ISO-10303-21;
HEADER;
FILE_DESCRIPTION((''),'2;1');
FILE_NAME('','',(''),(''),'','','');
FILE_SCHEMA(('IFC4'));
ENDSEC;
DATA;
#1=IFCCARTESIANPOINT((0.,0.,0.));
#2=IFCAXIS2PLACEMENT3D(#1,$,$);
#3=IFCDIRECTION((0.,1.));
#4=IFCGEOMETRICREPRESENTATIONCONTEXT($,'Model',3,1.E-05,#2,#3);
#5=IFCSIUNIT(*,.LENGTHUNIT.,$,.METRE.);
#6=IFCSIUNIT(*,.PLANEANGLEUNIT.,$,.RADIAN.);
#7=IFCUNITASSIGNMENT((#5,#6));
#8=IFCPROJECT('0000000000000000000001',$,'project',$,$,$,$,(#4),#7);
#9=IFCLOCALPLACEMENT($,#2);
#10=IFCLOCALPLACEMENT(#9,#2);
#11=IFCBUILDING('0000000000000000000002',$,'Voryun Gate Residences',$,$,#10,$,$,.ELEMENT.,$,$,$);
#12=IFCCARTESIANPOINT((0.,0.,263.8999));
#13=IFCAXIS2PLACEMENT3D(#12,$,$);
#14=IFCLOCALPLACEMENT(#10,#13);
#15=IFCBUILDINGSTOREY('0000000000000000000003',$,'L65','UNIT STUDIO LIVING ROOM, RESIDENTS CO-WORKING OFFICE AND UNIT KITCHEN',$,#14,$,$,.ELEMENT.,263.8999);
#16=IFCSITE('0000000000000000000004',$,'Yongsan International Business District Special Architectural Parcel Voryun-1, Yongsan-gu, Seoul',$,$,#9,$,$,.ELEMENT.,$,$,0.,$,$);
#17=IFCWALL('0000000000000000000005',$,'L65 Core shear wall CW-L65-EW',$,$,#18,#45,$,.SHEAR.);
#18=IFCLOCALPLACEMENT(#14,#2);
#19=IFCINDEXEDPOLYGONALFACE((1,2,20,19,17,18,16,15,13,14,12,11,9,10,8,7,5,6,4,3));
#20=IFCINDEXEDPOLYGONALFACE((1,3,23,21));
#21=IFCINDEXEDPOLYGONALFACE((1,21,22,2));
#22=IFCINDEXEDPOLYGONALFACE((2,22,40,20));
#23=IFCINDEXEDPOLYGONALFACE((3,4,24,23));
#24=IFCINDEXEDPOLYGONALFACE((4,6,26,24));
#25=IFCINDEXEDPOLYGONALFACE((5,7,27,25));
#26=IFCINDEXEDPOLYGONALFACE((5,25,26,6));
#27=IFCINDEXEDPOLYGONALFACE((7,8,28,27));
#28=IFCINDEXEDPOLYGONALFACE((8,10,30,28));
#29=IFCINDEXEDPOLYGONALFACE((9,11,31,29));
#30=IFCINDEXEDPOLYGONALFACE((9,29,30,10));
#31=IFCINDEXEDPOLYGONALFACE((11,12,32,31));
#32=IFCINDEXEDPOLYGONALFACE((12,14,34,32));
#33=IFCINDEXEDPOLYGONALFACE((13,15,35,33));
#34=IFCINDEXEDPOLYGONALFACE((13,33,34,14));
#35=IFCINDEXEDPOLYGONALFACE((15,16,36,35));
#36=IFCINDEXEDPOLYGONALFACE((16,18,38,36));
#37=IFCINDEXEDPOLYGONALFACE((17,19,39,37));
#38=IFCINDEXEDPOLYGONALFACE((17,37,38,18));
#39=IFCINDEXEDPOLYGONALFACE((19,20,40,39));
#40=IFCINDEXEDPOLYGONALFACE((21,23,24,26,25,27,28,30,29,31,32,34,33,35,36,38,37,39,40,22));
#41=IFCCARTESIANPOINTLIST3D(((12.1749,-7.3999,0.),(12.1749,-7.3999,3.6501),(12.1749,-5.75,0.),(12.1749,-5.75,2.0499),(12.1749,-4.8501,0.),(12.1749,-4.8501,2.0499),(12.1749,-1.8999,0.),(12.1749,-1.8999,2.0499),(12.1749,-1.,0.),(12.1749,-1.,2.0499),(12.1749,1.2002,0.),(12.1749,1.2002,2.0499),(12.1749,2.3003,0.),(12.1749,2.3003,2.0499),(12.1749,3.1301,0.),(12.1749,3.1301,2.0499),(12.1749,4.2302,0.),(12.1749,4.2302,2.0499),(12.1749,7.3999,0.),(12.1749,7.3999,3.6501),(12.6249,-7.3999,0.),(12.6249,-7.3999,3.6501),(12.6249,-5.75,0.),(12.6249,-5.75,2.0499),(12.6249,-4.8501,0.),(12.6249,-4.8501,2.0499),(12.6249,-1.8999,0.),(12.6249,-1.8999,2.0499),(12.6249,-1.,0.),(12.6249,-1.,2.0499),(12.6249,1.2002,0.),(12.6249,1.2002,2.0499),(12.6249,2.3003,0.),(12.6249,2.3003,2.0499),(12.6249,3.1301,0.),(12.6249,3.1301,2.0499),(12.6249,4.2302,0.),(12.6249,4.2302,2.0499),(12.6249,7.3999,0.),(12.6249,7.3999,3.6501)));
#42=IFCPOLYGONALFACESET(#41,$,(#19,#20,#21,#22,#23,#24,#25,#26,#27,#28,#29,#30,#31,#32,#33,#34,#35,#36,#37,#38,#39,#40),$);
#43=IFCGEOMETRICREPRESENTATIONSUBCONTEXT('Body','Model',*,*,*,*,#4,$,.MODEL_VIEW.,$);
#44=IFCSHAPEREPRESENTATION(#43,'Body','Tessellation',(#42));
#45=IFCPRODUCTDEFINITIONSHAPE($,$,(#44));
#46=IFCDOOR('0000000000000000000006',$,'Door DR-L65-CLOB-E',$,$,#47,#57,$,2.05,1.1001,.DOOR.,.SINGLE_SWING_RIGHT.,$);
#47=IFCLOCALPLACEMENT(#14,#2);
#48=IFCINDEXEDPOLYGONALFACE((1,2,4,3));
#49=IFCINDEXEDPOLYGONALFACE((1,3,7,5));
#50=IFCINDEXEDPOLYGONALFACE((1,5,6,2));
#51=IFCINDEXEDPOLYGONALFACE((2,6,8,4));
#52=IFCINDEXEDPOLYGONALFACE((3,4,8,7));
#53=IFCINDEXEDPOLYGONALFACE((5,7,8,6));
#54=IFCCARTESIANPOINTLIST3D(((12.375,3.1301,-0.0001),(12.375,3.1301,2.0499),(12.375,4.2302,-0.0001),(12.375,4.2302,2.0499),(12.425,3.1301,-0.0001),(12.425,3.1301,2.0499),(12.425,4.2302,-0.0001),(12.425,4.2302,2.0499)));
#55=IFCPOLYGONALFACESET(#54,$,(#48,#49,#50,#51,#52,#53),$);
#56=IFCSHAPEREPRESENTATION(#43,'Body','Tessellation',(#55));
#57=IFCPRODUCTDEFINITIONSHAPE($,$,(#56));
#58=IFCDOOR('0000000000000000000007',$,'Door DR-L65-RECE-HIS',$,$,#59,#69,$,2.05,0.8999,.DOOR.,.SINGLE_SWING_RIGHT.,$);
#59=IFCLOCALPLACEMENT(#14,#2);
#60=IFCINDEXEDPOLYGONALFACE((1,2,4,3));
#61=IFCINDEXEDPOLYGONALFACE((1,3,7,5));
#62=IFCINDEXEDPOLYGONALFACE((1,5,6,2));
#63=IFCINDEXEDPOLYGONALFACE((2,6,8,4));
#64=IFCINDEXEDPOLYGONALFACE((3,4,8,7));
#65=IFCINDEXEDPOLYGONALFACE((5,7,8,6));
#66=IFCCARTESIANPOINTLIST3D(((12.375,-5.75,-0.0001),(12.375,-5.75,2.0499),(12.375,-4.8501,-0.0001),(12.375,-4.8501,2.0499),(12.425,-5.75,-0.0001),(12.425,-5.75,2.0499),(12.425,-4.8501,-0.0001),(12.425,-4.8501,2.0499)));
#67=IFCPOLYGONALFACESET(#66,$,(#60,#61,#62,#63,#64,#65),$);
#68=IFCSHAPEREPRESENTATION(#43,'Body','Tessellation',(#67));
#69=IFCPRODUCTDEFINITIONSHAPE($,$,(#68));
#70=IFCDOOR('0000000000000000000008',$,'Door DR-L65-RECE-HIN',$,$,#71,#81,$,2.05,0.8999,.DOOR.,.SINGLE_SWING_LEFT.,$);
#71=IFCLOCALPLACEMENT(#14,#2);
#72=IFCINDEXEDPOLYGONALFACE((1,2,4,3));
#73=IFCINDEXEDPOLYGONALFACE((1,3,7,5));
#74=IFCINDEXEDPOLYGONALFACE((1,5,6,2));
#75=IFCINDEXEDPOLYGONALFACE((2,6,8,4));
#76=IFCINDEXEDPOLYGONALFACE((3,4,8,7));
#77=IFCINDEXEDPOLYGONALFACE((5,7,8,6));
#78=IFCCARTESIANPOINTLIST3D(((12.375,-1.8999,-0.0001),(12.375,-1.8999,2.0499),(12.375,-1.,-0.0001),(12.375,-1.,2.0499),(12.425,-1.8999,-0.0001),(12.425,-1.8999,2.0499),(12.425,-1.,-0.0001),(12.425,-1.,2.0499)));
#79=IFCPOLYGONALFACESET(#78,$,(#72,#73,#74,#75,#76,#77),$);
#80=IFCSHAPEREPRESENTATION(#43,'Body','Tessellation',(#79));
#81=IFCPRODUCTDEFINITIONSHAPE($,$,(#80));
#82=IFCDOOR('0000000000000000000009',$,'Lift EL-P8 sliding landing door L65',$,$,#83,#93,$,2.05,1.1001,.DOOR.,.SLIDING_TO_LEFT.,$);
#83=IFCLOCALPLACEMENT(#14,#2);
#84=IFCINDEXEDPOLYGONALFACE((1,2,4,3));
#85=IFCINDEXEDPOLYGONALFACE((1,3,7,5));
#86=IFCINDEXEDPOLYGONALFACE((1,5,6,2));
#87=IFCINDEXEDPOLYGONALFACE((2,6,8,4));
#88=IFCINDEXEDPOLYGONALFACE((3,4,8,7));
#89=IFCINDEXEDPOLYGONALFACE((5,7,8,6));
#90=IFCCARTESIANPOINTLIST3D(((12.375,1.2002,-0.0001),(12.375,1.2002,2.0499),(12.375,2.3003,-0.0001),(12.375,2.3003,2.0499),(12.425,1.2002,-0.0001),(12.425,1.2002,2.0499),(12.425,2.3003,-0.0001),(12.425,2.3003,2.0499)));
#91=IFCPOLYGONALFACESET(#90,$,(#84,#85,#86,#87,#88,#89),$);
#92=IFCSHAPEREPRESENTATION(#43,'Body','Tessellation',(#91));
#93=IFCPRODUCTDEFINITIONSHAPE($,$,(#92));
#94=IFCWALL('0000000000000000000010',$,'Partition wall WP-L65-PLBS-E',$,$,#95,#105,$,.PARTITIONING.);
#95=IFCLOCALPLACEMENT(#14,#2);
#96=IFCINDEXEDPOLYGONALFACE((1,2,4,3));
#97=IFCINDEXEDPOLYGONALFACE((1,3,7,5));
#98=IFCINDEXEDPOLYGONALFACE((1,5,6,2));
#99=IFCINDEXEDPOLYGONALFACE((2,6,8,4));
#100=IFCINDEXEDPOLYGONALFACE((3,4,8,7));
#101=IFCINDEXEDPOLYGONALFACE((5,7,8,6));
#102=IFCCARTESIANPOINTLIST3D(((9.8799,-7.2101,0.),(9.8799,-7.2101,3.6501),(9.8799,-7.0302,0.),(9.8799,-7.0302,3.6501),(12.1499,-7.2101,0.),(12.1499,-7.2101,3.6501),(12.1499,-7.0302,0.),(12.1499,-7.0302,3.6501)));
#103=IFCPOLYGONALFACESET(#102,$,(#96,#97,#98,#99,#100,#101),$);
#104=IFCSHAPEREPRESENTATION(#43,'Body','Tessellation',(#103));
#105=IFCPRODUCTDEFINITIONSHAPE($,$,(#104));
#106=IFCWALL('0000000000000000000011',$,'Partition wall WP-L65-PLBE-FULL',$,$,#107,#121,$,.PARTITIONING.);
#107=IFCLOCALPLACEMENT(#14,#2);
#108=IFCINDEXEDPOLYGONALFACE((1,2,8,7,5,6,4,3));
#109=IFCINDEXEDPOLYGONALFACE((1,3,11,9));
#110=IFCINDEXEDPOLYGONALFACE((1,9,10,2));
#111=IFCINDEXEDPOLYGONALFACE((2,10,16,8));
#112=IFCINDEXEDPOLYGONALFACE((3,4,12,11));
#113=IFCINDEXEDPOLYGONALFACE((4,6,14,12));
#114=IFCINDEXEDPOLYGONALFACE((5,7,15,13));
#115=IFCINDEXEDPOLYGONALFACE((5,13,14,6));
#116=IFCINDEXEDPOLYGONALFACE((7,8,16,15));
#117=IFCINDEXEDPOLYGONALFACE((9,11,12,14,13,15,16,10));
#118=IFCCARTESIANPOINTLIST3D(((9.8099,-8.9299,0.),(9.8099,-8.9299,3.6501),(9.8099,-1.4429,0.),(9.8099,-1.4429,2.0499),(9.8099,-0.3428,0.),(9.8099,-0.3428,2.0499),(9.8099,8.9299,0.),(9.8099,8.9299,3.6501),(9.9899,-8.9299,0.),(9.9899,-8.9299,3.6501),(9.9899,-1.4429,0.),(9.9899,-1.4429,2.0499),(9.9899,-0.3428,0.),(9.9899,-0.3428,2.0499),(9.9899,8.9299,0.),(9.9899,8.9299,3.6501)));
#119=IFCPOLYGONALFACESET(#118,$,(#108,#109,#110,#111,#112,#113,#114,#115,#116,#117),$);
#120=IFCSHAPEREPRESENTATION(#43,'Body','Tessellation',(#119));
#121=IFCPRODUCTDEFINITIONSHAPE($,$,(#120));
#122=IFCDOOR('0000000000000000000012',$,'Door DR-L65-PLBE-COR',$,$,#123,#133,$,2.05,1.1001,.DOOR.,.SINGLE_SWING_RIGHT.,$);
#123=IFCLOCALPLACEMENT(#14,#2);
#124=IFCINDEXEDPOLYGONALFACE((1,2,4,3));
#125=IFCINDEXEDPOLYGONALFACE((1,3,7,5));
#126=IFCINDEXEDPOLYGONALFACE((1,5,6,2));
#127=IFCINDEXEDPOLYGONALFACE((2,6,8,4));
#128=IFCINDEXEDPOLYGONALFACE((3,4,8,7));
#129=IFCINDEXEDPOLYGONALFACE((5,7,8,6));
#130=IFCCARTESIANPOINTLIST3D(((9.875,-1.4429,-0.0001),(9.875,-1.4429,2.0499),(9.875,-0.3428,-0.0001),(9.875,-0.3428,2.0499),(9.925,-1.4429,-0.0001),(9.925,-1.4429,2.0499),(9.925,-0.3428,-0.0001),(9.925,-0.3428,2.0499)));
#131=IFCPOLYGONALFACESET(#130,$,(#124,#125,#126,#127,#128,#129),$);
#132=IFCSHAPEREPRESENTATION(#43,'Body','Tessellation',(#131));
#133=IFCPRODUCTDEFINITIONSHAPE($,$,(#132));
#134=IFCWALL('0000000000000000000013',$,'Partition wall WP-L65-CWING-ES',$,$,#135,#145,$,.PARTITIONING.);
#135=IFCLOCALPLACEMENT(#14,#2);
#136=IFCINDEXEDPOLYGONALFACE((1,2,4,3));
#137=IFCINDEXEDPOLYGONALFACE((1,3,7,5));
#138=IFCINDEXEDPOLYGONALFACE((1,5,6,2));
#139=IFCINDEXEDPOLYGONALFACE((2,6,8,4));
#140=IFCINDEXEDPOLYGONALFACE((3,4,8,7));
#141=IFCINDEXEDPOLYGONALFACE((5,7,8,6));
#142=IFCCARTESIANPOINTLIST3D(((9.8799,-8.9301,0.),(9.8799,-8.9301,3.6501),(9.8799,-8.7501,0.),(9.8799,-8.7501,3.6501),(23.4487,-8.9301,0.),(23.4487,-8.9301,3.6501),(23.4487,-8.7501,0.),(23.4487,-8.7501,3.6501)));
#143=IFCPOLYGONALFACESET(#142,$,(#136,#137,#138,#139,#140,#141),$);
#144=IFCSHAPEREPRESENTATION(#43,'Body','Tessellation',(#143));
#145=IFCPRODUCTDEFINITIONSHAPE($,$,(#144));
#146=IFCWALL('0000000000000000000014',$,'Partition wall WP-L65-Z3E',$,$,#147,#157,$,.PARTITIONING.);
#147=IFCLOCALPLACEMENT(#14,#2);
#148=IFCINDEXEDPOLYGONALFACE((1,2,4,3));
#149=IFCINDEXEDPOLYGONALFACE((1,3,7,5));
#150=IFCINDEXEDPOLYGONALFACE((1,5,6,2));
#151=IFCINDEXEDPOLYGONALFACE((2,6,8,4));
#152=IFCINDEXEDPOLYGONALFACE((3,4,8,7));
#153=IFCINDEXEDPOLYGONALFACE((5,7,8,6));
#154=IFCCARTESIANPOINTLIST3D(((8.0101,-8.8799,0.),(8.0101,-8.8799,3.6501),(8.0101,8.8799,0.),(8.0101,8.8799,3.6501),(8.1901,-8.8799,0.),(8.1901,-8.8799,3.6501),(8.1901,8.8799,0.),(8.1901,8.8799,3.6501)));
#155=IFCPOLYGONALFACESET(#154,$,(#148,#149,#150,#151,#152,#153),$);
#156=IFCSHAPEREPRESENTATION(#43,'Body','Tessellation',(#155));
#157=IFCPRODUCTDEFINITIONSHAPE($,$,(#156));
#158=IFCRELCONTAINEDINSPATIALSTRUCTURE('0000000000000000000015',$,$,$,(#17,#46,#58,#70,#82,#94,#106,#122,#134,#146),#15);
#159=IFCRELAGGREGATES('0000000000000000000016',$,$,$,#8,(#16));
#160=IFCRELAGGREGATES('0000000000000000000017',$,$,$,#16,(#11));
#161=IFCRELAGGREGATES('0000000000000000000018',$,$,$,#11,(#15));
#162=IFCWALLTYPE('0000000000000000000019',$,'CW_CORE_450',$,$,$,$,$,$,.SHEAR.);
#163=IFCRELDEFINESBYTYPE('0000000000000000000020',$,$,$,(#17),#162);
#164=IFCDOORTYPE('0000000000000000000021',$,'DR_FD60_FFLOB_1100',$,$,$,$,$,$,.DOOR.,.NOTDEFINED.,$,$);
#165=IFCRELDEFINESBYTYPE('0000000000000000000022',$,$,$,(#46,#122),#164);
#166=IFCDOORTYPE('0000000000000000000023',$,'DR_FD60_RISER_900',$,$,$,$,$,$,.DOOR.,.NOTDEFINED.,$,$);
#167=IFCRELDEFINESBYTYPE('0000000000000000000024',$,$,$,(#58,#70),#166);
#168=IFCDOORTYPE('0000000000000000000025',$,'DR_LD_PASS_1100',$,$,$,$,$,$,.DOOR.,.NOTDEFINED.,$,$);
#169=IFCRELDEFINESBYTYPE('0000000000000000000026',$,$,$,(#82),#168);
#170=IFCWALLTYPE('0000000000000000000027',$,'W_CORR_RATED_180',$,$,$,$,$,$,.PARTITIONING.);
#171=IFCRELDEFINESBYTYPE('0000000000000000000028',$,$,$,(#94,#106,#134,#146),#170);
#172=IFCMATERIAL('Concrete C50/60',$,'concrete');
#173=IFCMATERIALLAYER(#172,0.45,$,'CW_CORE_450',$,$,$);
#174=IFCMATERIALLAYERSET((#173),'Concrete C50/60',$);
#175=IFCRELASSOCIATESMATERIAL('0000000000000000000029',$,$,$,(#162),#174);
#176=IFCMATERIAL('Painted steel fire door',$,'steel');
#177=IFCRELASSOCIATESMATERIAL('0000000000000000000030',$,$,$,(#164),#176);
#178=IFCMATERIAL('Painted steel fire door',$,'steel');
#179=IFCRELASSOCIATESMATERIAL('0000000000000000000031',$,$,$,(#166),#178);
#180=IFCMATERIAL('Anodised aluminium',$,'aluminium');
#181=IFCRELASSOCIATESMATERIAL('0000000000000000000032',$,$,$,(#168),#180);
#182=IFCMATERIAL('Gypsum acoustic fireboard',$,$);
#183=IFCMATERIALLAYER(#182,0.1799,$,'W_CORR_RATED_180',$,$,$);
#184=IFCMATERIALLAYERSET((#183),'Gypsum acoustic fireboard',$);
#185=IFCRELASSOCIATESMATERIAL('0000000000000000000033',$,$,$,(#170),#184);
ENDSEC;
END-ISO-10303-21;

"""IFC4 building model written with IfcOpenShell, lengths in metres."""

from ifc_helpers import new_model, si_unit, direction, frame, frame_2d, origin, place, context, subcontext, project, spatial, rectangle, extrude, material, layer, layer_set, type_object, element, fill, save


model = new_model("IFC4")

# Units and contexts
model_context = context("Model", 3, precision=1e-05, world=origin(), true_north=direction((0.0, 1.0)))
body_context = subcontext(model_context, "Body", "Model", "MODEL_VIEW")
ifc_project = project(units=[si_unit("LENGTHUNIT", "METRE"), si_unit("PLANEANGLEUNIT", "RADIAN")], contexts=[model_context])

# Site, building, storey
site_placement = place(None, origin())
site = spatial("IfcSite", under=ifc_project, at=site_placement, Name="Yongsan International Business District Special Architectural Parcel Voryun-1, Yongsan-gu, Seoul", CompositionType="ELEMENT", RefElevation=0.0)
building_placement = place(site_placement, origin())
building = spatial("IfcBuilding", under=site, at=building_placement, Name="Voryun Gate Residences", CompositionType="ELEMENT")
storey_placement = place(building_placement, frame((0.0, 0.0, 263.8999)))
storey = spatial("IfcBuildingStorey", under=building, at=storey_placement, Name="L65", Description="UNIT STUDIO LIVING ROOM, RESIDENTS CO-WORKING OFFICE AND UNIT KITCHEN", CompositionType="ELEMENT", Elevation=263.8999)

# Shared definitions
ifc_material_1 = material(Name="Concrete C50/60", Category="concrete")
ifc_layer_1 = layer(ifc_material_1, 0.45, Name="CW_CORE_450")
ifc_layer_set_1 = layer_set([ifc_layer_1], Name="Concrete C50/60")
wall_type_1 = type_object("IfcWallType", Name="CW_CORE_450", PredefinedType="SHEAR", material=ifc_layer_set_1)

# Wall, openings, doors
wall_1_placement = place(storey_placement, frame((12.3999, -7.3999, 0.0), z_axis=(0.0, 0.0, 1.0), x_axis=(0.0, 1.0, 0.0)))
wall_1 = element("IfcWall", 1, at=wall_1_placement, inside=storey, type_object=wall_type_1, Name="L65 Core shear wall CW-L65-EW", PredefinedType="SHEAR", context=body_context, shape_type="SweptSolid", body=[
    extrude(rectangle(XDim=14.7998, YDim=0.45, at=frame_2d((7.3999, 0.0))), origin(), (0.0, 0.0, 1.0), 3.6501),
])
opening_1_placement = place(wall_1_placement, frame((8.6001, 0.0, 0.0)))
opening_1 = element("IfcOpeningElement", 2, at=opening_1_placement, cuts=wall_1, PredefinedType="OPENING", context=body_context, shape_type="SweptSolid", body=[
    extrude(rectangle(XDim=1.1001, YDim=2.05, at=frame_2d((0.55, 1.0249))), frame((0.0, 0.2351, 0.0), z_axis=(0.0, -1.0, 0.0), x_axis=(1.0, 0.0, 0.0)), (0.0, 0.0, 1.0), 0.47),
])
opening_2_placement = place(wall_1_placement, frame((10.53, 0.0, 0.0)))
opening_2 = element("IfcOpeningElement", 3, at=opening_2_placement, cuts=wall_1, PredefinedType="OPENING", context=body_context, shape_type="SweptSolid", body=[
    extrude(rectangle(XDim=1.1001, YDim=2.05, at=frame_2d((0.55, 1.0249))), frame((0.0, 0.2351, 0.0), z_axis=(0.0, -1.0, 0.0), x_axis=(1.0, 0.0, 0.0)), (0.0, 0.0, 1.0), 0.47),
])
opening_3_placement = place(wall_1_placement, frame((1.6499, 0.0, 0.0)))
opening_3 = element("IfcOpeningElement", 4, at=opening_3_placement, cuts=wall_1, PredefinedType="OPENING", context=body_context, shape_type="SweptSolid", body=[
    extrude(rectangle(XDim=0.8999, YDim=2.05, at=frame_2d((0.45, 1.0249))), frame((0.0, 0.2351, 0.0), z_axis=(0.0, -1.0, 0.0), x_axis=(1.0, 0.0, 0.0)), (0.0, 0.0, 1.0), 0.47),
])
opening_4_placement = place(wall_1_placement, frame((5.5, 0.0, 0.0)))
opening_4 = element("IfcOpeningElement", 5, at=opening_4_placement, cuts=wall_1, PredefinedType="OPENING", context=body_context, shape_type="SweptSolid", body=[
    extrude(rectangle(XDim=0.8999, YDim=2.05, at=frame_2d((0.45, 1.0249))), frame((0.0, 0.2351, 0.0), z_axis=(0.0, -1.0, 0.0), x_axis=(1.0, 0.0, 0.0)), (0.0, 0.0, 1.0), 0.47),
])
ifc_material_2 = material(Name="Painted steel fire door", Category="steel")
door_type_1 = type_object("IfcDoorType", Name="DR_FD60_FFLOB_1100", OperationType="NOTDEFINED", PredefinedType="DOOR", material=ifc_material_2)
door_1_placement = place(opening_2_placement, origin())
door_1 = element("IfcDoor", 6, at=door_1_placement, inside=storey, type_object=door_type_1, Name="Door DR-L65-CLOB-E", OperationType="SINGLE_SWING_RIGHT", OverallHeight=2.05, OverallWidth=1.1001, PredefinedType="DOOR", context=body_context, shape_type="SweptSolid", body=[
    extrude(rectangle(XDim=1.1001, YDim=2.05, at=frame_2d((0.55, 1.0249))), frame((0.0, 0.0249, 0.0), z_axis=(0.0, -1.0, 0.0), x_axis=(1.0, 0.0, 0.0)), (0.0, 0.0, 1.0), 0.05),
])
fill(opening_2, door_1)
ifc_material_3 = material(Name="Painted steel fire door", Category="steel")
door_type_2 = type_object("IfcDoorType", Name="DR_FD60_RISER_900", OperationType="NOTDEFINED", PredefinedType="DOOR", material=ifc_material_3)
door_2_placement = place(opening_3_placement, origin())
door_2 = element("IfcDoor", 7, at=door_2_placement, inside=storey, type_object=door_type_2, Name="Door DR-L65-RECE-HIS", OperationType="SINGLE_SWING_RIGHT", OverallHeight=2.05, OverallWidth=0.8999, PredefinedType="DOOR", context=body_context, shape_type="SweptSolid", body=[
    extrude(rectangle(XDim=0.8999, YDim=2.05, at=frame_2d((0.45, 1.0249))), frame((0.0, 0.0249, 0.0), z_axis=(0.0, -1.0, 0.0), x_axis=(1.0, 0.0, 0.0)), (0.0, 0.0, 1.0), 0.05),
])
fill(opening_3, door_2)
door_3_placement = place(opening_4_placement, origin())
door_3 = element("IfcDoor", 8, at=door_3_placement, inside=storey, type_object=door_type_2, Name="Door DR-L65-RECE-HIN", OperationType="SINGLE_SWING_LEFT", OverallHeight=2.05, OverallWidth=0.8999, PredefinedType="DOOR", context=body_context, shape_type="SweptSolid", body=[
    extrude(rectangle(XDim=0.8999, YDim=2.05, at=frame_2d((0.45, 1.0249))), frame((0.0, 0.0249, 0.0), z_axis=(0.0, -1.0, 0.0), x_axis=(1.0, 0.0, 0.0)), (0.0, 0.0, 1.0), 0.05),
])
fill(opening_4, door_3)
ifc_material_4 = material(Name="Anodised aluminium", Category="aluminium")
door_type_3 = type_object("IfcDoorType", Name="DR_LD_PASS_1100", OperationType="NOTDEFINED", PredefinedType="DOOR", material=ifc_material_4)
door_4_placement = place(opening_1_placement, origin())
door_4 = element("IfcDoor", 9, at=door_4_placement, inside=storey, type_object=door_type_3, Name="Lift EL-P8 sliding landing door L65", OperationType="SLIDING_TO_LEFT", OverallHeight=2.05, OverallWidth=1.1001, PredefinedType="DOOR", context=body_context, shape_type="SweptSolid", body=[
    extrude(rectangle(XDim=1.1001, YDim=2.05, at=frame_2d((0.55, 1.0249))), frame((0.0, 0.0249, 0.0), z_axis=(0.0, -1.0, 0.0), x_axis=(1.0, 0.0, 0.0)), (0.0, 0.0, 1.0), 0.05),
])
fill(opening_1, door_4)

# Wall
ifc_material_5 = material(Name="Gypsum acoustic fireboard")
ifc_layer_2 = layer(ifc_material_5, 0.1799, Name="W_CORR_RATED_180")
ifc_layer_set_2 = layer_set([ifc_layer_2], Name="Gypsum acoustic fireboard")
wall_type_2 = type_object("IfcWallType", Name="W_CORR_RATED_180", PredefinedType="PARTITIONING", material=ifc_layer_set_2)
wall_2_placement = place(storey_placement, frame((9.8799, -7.1201, 0.0), z_axis=(0.0, 0.0, 1.0), x_axis=(1.0, 0.0, 0.0)))
element("IfcWall", 10, at=wall_2_placement, inside=storey, type_object=wall_type_2, Name="Partition wall WP-L65-PLBS-E", PredefinedType="PARTITIONING", context=body_context, shape_type="SweptSolid", body=[
    extrude(rectangle(XDim=2.27, YDim=0.1799, at=frame_2d((1.135, 0.0))), origin(), (0.0, 0.0, 1.0), 3.6501),
])

# Wall, opening, door
wall_3_placement = place(storey_placement, frame((9.8999, -8.9299, 0.0), z_axis=(0.0, 0.0, 1.0), x_axis=(0.0, 1.0, 0.0)))
wall_3 = element("IfcWall", 11, at=wall_3_placement, inside=storey, type_object=wall_type_2, Name="Partition wall WP-L65-PLBE-FULL", PredefinedType="PARTITIONING", context=body_context, shape_type="SweptSolid", body=[
    extrude(rectangle(XDim=17.8599, YDim=0.1799, at=frame_2d((8.9299, 0.0))), origin(), (0.0, 0.0, 1.0), 3.6501),
])
opening_5_placement = place(wall_3_placement, frame((7.4871, 0.0, 0.0)))
opening_5 = element("IfcOpeningElement", 12, at=opening_5_placement, cuts=wall_3, PredefinedType="OPENING", context=body_context, shape_type="SweptSolid", body=[
    extrude(rectangle(XDim=1.1001, YDim=2.05, at=frame_2d((0.55, 1.0249))), frame((0.0, 0.0999, 0.0), z_axis=(0.0, -1.0, 0.0), x_axis=(1.0, 0.0, 0.0)), (0.0, 0.0, 1.0), 0.2),
])
door_5_placement = place(opening_5_placement, origin())
door_5 = element("IfcDoor", 13, at=door_5_placement, inside=storey, type_object=door_type_1, Name="Door DR-L65-PLBE-COR", OperationType="SINGLE_SWING_RIGHT", OverallHeight=2.05, OverallWidth=1.1001, PredefinedType="DOOR", context=body_context, shape_type="SweptSolid", body=[
    extrude(rectangle(XDim=1.1001, YDim=2.05, at=frame_2d((0.55, 1.0249))), frame((0.0, 0.0249, 0.0), z_axis=(0.0, -1.0, 0.0), x_axis=(1.0, 0.0, 0.0)), (0.0, 0.0, 1.0), 0.05),
])
fill(opening_5, door_5)

# Walls
wall_4_placement = place(storey_placement, frame((9.8799, -8.8401, 0.0), z_axis=(0.0, 0.0, 1.0), x_axis=(1.0, 0.0, 0.0)))
element("IfcWall", 14, at=wall_4_placement, inside=storey, type_object=wall_type_2, Name="Partition wall WP-L65-CWING-ES", PredefinedType="PARTITIONING", context=body_context, shape_type="SweptSolid", body=[
    extrude(rectangle(XDim=13.5688, YDim=0.1799, at=frame_2d((6.7844, 0.0))), origin(), (0.0, 0.0, 1.0), 3.6501),
])
wall_5_placement = place(storey_placement, frame((8.1001, -8.8799, 0.0), z_axis=(0.0, 0.0, 1.0), x_axis=(0.0, 1.0, 0.0)))
element("IfcWall", 15, at=wall_5_placement, inside=storey, type_object=wall_type_2, Name="Partition wall WP-L65-Z3E", PredefinedType="PARTITIONING", context=body_context, shape_type="SweptSolid", body=[
    extrude(rectangle(XDim=17.7598, YDim=0.1799, at=frame_2d((8.8799, 0.0))), origin(), (0.0, 0.0, 1.0), 3.6501),
])

save(model, "model.ifc")
